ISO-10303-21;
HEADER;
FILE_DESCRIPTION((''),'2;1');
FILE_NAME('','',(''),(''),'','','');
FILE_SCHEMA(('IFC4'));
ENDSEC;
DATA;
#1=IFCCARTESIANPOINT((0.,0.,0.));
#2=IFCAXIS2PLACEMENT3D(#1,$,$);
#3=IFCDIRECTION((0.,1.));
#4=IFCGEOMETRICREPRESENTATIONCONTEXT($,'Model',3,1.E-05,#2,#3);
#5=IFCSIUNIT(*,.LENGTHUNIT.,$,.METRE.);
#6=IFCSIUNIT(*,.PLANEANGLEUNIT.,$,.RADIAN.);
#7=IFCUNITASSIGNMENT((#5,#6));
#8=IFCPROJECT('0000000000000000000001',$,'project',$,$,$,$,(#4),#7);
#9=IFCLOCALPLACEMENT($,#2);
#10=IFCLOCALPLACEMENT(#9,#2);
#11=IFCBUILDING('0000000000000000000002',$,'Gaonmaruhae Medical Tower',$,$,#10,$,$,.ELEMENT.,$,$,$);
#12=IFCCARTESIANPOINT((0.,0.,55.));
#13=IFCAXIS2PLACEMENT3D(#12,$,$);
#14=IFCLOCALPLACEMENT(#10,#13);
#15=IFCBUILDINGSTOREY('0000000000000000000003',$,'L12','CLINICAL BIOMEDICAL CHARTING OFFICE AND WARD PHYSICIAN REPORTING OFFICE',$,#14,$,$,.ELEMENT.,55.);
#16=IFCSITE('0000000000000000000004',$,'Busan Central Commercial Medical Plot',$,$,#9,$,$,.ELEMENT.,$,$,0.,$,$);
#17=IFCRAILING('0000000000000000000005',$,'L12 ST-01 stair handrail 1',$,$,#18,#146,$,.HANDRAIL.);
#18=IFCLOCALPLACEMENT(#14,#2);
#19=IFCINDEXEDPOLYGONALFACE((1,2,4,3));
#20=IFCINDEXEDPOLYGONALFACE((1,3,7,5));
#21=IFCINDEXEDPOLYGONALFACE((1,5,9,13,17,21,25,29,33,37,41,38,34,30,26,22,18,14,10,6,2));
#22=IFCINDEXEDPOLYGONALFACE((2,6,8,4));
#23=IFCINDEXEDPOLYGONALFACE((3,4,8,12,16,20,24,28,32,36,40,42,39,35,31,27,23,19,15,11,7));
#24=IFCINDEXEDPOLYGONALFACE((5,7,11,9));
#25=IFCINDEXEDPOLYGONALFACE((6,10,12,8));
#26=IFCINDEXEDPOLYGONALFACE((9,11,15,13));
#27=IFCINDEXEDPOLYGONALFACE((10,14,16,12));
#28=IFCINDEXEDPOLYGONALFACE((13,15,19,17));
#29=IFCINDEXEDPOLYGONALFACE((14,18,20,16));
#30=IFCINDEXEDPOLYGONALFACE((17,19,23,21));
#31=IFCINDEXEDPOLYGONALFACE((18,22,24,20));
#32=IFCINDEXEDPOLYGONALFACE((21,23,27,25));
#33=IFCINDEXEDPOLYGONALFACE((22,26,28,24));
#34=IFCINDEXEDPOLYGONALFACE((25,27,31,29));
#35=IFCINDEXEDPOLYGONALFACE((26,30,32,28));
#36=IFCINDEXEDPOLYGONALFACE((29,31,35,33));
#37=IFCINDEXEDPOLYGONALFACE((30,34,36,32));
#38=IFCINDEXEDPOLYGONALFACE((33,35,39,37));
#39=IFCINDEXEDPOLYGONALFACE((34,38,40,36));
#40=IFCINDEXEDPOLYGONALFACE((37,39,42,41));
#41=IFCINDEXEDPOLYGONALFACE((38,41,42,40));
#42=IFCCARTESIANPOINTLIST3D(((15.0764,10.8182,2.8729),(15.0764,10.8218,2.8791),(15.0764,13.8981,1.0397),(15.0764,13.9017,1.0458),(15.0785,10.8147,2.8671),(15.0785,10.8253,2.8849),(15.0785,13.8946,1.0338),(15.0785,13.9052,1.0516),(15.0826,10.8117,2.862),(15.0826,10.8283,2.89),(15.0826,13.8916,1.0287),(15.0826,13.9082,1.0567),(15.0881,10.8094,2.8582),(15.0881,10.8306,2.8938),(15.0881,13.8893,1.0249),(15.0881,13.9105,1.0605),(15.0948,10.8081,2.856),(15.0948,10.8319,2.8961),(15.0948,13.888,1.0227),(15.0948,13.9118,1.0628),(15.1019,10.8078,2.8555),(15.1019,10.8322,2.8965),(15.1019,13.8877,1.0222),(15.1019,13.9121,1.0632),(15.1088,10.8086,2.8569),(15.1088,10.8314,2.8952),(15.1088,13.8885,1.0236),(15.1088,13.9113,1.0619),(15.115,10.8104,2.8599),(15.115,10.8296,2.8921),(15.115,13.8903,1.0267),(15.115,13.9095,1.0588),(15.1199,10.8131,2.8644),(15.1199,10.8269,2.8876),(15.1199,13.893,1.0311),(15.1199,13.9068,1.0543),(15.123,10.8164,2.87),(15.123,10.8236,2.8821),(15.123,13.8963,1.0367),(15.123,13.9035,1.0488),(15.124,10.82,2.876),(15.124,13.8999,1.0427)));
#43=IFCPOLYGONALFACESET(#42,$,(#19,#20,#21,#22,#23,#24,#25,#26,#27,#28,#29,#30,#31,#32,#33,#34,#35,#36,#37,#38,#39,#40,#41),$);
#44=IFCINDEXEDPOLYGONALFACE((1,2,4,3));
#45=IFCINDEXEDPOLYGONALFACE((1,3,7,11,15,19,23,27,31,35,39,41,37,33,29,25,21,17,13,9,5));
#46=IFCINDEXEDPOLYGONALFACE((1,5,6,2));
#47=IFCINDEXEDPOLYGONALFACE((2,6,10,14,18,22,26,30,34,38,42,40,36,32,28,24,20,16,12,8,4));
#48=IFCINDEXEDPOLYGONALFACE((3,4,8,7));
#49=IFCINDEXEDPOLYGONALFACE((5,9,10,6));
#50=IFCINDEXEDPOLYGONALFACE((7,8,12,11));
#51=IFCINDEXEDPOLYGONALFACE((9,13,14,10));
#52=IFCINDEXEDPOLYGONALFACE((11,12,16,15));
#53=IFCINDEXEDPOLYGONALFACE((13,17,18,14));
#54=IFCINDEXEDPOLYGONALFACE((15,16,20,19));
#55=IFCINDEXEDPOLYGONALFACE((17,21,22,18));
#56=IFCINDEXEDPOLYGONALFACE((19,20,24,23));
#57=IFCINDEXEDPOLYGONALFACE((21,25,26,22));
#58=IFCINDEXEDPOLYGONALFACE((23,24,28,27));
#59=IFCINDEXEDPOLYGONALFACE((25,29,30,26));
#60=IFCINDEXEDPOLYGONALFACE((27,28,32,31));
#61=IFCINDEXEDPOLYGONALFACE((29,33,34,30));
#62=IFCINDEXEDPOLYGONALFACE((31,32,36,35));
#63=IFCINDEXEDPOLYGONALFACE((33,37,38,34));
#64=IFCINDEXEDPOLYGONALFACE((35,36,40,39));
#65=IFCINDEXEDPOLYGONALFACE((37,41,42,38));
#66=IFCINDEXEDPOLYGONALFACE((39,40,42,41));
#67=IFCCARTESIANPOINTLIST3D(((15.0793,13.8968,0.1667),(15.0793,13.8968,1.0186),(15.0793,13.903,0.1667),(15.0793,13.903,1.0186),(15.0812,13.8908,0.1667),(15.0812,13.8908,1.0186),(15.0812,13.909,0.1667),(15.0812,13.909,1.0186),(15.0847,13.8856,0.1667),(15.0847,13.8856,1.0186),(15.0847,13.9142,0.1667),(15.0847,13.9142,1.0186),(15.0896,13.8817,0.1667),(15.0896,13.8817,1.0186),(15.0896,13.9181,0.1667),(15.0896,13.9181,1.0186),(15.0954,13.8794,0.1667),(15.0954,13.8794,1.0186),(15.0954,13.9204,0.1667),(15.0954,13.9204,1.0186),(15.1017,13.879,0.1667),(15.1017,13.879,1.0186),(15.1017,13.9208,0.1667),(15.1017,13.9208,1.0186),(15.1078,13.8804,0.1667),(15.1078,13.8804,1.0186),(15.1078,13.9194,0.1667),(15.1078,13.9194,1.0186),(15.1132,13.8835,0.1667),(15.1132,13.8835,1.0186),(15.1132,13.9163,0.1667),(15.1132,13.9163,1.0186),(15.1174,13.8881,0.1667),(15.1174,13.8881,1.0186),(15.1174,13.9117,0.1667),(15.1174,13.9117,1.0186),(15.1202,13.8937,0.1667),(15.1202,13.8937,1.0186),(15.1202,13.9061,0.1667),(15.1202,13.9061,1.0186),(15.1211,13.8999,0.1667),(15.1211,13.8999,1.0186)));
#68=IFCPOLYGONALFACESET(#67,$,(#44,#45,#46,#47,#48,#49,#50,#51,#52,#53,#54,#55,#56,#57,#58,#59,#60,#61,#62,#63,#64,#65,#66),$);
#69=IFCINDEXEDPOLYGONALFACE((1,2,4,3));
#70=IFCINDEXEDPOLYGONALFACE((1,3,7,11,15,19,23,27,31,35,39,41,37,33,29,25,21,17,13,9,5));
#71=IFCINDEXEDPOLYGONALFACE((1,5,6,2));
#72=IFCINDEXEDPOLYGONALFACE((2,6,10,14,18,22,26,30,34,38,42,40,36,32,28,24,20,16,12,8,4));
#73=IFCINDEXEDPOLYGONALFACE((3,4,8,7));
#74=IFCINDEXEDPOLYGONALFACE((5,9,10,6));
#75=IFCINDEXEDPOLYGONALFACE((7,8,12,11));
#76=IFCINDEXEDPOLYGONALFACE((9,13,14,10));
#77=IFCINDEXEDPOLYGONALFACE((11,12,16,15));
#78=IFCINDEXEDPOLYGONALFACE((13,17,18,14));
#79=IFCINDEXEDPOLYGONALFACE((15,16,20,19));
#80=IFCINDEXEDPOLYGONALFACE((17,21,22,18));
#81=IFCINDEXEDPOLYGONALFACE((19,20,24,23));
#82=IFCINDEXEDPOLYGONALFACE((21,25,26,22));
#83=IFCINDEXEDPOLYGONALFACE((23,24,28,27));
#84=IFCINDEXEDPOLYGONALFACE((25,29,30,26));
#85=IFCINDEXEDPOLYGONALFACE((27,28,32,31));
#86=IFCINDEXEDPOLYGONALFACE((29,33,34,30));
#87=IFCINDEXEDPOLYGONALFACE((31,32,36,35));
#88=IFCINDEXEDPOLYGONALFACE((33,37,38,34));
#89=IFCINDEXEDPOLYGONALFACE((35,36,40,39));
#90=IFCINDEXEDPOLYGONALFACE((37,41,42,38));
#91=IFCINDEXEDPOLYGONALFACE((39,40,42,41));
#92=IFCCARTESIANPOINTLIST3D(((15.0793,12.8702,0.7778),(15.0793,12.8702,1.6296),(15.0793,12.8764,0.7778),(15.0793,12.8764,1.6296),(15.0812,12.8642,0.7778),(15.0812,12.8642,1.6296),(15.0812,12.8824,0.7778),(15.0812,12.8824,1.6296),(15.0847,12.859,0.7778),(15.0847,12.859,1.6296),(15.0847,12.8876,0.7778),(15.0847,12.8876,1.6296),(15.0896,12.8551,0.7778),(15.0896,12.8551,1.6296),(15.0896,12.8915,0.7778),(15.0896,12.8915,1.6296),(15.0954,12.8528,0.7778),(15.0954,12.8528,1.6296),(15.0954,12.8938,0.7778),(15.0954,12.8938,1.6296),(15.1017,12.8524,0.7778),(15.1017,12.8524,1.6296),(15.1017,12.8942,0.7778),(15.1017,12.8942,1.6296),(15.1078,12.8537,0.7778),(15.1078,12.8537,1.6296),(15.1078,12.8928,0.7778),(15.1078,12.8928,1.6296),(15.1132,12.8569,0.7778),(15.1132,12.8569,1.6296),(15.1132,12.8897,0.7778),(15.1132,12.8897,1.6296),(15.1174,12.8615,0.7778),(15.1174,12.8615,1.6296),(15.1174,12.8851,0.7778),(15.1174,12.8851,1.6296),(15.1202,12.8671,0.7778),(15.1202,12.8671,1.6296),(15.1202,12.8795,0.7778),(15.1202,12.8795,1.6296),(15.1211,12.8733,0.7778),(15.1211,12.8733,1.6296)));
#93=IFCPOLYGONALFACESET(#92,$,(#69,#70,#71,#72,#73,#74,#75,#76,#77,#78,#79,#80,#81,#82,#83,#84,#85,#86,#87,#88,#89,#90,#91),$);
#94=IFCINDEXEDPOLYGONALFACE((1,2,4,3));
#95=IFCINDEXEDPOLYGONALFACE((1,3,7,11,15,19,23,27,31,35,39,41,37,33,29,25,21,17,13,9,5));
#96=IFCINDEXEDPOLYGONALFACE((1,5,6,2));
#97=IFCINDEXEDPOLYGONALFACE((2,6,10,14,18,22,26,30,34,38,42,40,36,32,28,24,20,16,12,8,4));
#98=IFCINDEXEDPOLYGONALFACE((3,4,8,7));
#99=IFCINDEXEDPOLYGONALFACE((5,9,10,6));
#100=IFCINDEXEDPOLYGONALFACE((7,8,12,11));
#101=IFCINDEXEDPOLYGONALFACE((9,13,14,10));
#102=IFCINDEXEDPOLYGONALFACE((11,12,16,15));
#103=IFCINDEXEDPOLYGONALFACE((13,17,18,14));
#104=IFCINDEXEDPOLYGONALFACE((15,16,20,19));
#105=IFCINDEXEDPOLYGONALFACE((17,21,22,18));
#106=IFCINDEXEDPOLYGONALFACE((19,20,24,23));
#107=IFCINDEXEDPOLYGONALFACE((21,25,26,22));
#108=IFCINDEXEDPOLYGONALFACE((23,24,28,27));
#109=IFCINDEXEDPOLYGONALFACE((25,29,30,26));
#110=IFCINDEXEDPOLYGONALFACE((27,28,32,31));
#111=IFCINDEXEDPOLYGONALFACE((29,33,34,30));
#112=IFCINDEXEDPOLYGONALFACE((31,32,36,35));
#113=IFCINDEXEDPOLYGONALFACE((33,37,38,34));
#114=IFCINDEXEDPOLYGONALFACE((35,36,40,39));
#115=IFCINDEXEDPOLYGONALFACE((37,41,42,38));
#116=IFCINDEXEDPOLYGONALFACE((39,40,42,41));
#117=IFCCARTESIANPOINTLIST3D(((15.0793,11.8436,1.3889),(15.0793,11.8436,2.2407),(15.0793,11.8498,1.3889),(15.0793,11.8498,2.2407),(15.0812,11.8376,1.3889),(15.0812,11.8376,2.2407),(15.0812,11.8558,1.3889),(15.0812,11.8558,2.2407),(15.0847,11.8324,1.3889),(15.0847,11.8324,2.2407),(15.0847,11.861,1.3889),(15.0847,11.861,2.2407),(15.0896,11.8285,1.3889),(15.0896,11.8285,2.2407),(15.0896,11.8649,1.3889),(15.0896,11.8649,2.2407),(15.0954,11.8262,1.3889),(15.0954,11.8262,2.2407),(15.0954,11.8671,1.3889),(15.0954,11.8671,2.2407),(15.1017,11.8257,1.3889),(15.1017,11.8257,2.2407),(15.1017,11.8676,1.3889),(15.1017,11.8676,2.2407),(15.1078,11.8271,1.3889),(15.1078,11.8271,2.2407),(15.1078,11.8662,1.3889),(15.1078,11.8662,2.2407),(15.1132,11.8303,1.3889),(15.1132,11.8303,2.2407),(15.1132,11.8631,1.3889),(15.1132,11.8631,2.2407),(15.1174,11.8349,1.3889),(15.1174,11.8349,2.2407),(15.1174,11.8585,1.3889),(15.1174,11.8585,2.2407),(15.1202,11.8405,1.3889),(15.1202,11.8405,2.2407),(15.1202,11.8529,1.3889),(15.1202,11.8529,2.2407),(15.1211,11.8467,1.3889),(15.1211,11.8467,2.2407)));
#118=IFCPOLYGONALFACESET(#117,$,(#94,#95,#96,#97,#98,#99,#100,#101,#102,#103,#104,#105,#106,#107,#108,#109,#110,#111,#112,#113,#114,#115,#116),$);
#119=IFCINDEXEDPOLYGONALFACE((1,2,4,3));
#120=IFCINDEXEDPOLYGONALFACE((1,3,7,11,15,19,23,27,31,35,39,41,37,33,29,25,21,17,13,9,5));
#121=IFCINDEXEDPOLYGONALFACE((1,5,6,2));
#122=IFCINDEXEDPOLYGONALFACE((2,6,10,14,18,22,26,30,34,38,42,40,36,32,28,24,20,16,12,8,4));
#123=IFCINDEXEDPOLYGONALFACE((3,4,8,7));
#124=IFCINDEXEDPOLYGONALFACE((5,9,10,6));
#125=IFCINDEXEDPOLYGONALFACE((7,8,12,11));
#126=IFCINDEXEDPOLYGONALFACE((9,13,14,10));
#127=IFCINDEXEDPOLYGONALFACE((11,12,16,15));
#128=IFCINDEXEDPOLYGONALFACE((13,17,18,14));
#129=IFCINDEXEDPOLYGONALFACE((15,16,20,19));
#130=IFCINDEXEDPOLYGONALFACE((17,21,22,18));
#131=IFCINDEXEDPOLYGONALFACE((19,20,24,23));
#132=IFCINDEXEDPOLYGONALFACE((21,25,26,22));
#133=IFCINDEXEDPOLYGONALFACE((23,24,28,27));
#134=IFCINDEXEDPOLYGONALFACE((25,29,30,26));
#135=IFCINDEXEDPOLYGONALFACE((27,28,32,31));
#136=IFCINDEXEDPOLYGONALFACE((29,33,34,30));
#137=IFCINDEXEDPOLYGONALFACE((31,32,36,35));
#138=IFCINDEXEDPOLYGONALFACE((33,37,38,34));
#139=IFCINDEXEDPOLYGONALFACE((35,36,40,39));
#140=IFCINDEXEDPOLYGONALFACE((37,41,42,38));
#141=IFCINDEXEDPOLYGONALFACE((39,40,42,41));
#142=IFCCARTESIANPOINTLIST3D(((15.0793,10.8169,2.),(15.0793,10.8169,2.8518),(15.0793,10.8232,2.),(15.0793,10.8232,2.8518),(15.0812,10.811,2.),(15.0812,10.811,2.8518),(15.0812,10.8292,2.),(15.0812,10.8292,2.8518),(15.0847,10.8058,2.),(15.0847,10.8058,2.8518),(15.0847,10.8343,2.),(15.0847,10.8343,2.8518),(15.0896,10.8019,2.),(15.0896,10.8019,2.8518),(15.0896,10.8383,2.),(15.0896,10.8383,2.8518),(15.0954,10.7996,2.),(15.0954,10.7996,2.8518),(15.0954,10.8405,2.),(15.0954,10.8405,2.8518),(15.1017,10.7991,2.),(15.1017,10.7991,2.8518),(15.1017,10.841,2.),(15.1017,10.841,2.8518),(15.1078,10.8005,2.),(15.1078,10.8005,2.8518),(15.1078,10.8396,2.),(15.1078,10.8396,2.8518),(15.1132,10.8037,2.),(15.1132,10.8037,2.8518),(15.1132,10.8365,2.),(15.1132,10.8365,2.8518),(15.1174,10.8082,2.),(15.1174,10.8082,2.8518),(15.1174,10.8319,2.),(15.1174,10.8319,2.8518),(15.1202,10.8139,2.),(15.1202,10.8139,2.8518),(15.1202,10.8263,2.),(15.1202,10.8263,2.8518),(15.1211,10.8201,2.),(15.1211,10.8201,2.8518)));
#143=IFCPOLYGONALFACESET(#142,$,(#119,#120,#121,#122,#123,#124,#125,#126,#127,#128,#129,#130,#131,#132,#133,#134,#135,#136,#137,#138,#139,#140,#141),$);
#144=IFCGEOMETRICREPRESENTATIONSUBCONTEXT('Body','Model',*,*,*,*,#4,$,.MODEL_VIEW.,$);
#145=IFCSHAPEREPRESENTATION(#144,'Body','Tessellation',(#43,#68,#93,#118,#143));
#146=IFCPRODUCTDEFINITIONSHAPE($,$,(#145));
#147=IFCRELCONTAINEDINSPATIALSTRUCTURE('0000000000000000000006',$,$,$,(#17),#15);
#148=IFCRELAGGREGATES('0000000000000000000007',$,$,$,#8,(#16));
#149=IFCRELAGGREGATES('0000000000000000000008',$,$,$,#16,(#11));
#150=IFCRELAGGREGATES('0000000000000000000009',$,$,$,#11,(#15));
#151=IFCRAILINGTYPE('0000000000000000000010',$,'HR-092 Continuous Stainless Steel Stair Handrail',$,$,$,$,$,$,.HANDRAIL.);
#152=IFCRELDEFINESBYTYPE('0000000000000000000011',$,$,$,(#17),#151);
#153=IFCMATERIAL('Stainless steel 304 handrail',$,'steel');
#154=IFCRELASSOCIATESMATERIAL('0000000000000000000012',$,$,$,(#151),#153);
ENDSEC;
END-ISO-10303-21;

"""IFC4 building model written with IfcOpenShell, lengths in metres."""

from ifc_helpers import new_model, si_unit, direction, frame, origin, origin_2d, place, context, subcontext, project, spatial, circle, extrude, material, type_object, element, save


model = new_model("IFC4")

# Units and contexts
model_context = context("Model", 3, precision=1e-05, world=origin(), true_north=direction((0.0, 1.0)))
body_context = subcontext(model_context, "Body", "Model", "MODEL_VIEW")
ifc_project = project(units=[si_unit("LENGTHUNIT", "METRE"), si_unit("PLANEANGLEUNIT", "RADIAN")], contexts=[model_context])

# Site, building, storey
site_placement = place(None, origin())
site = spatial("IfcSite", under=ifc_project, at=site_placement, Name="Busan Central Commercial Medical Plot", CompositionType="ELEMENT", RefElevation=0.0)
building_placement = place(site_placement, origin())
building = spatial("IfcBuilding", under=site, at=building_placement, Name="Gaonmaruhae Medical Tower", CompositionType="ELEMENT")
storey_placement = place(building_placement, frame((0.0, 0.0, 55.0)))
storey = spatial("IfcBuildingStorey", under=building, at=storey_placement, Name="L12", Description="CLINICAL BIOMEDICAL CHARTING OFFICE AND WARD PHYSICIAN REPORTING OFFICE", CompositionType="ELEMENT", Elevation=55.0)

# Railing
ifc_material_1 = material(Name="Stainless steel 304 handrail", Category="steel")
railing_type_1 = type_object("IfcRailingType", Name="HR-092 Continuous Stainless Steel Stair Handrail", PredefinedType="HANDRAIL", material=ifc_material_1)
railing_1_placement = place(storey_placement, frame((15.1001, 13.8999, 0.1667)))
element("IfcRailing", 1, at=railing_1_placement, inside=storey, type_object=railing_type_1, Name="L12 ST-01 stair handrail 1", PredefinedType="HANDRAIL", context=body_context, shape_type="SweptSolid", body=[
    extrude(circle(Radius=0.0239, at=origin_2d()), frame((0.0, 0.0, 0.876), z_axis=(0.0, -0.859291, 0.511487), x_axis=(1.0, 0.0, 0.0)), (0.0, 0.0, 1.0), 3.5842),
    extrude(circle(Radius=0.021, at=origin_2d()), origin(), (0.0, 0.0, 1.0), 0.8518),
    extrude(circle(Radius=0.021, at=origin_2d()), frame((0.0, -1.0266, 0.6111)), (0.0, 0.0, 1.0), 0.8518),
    extrude(circle(Radius=0.021, at=origin_2d()), frame((0.0, -2.0532, 1.2222)), (0.0, 0.0, 1.0), 0.8518),
    extrude(circle(Radius=0.021, at=origin_2d()), frame((0.0, -3.0798, 1.8333)), (0.0, 0.0, 1.0), 0.8518),
])

save(model, "model.ifc")
